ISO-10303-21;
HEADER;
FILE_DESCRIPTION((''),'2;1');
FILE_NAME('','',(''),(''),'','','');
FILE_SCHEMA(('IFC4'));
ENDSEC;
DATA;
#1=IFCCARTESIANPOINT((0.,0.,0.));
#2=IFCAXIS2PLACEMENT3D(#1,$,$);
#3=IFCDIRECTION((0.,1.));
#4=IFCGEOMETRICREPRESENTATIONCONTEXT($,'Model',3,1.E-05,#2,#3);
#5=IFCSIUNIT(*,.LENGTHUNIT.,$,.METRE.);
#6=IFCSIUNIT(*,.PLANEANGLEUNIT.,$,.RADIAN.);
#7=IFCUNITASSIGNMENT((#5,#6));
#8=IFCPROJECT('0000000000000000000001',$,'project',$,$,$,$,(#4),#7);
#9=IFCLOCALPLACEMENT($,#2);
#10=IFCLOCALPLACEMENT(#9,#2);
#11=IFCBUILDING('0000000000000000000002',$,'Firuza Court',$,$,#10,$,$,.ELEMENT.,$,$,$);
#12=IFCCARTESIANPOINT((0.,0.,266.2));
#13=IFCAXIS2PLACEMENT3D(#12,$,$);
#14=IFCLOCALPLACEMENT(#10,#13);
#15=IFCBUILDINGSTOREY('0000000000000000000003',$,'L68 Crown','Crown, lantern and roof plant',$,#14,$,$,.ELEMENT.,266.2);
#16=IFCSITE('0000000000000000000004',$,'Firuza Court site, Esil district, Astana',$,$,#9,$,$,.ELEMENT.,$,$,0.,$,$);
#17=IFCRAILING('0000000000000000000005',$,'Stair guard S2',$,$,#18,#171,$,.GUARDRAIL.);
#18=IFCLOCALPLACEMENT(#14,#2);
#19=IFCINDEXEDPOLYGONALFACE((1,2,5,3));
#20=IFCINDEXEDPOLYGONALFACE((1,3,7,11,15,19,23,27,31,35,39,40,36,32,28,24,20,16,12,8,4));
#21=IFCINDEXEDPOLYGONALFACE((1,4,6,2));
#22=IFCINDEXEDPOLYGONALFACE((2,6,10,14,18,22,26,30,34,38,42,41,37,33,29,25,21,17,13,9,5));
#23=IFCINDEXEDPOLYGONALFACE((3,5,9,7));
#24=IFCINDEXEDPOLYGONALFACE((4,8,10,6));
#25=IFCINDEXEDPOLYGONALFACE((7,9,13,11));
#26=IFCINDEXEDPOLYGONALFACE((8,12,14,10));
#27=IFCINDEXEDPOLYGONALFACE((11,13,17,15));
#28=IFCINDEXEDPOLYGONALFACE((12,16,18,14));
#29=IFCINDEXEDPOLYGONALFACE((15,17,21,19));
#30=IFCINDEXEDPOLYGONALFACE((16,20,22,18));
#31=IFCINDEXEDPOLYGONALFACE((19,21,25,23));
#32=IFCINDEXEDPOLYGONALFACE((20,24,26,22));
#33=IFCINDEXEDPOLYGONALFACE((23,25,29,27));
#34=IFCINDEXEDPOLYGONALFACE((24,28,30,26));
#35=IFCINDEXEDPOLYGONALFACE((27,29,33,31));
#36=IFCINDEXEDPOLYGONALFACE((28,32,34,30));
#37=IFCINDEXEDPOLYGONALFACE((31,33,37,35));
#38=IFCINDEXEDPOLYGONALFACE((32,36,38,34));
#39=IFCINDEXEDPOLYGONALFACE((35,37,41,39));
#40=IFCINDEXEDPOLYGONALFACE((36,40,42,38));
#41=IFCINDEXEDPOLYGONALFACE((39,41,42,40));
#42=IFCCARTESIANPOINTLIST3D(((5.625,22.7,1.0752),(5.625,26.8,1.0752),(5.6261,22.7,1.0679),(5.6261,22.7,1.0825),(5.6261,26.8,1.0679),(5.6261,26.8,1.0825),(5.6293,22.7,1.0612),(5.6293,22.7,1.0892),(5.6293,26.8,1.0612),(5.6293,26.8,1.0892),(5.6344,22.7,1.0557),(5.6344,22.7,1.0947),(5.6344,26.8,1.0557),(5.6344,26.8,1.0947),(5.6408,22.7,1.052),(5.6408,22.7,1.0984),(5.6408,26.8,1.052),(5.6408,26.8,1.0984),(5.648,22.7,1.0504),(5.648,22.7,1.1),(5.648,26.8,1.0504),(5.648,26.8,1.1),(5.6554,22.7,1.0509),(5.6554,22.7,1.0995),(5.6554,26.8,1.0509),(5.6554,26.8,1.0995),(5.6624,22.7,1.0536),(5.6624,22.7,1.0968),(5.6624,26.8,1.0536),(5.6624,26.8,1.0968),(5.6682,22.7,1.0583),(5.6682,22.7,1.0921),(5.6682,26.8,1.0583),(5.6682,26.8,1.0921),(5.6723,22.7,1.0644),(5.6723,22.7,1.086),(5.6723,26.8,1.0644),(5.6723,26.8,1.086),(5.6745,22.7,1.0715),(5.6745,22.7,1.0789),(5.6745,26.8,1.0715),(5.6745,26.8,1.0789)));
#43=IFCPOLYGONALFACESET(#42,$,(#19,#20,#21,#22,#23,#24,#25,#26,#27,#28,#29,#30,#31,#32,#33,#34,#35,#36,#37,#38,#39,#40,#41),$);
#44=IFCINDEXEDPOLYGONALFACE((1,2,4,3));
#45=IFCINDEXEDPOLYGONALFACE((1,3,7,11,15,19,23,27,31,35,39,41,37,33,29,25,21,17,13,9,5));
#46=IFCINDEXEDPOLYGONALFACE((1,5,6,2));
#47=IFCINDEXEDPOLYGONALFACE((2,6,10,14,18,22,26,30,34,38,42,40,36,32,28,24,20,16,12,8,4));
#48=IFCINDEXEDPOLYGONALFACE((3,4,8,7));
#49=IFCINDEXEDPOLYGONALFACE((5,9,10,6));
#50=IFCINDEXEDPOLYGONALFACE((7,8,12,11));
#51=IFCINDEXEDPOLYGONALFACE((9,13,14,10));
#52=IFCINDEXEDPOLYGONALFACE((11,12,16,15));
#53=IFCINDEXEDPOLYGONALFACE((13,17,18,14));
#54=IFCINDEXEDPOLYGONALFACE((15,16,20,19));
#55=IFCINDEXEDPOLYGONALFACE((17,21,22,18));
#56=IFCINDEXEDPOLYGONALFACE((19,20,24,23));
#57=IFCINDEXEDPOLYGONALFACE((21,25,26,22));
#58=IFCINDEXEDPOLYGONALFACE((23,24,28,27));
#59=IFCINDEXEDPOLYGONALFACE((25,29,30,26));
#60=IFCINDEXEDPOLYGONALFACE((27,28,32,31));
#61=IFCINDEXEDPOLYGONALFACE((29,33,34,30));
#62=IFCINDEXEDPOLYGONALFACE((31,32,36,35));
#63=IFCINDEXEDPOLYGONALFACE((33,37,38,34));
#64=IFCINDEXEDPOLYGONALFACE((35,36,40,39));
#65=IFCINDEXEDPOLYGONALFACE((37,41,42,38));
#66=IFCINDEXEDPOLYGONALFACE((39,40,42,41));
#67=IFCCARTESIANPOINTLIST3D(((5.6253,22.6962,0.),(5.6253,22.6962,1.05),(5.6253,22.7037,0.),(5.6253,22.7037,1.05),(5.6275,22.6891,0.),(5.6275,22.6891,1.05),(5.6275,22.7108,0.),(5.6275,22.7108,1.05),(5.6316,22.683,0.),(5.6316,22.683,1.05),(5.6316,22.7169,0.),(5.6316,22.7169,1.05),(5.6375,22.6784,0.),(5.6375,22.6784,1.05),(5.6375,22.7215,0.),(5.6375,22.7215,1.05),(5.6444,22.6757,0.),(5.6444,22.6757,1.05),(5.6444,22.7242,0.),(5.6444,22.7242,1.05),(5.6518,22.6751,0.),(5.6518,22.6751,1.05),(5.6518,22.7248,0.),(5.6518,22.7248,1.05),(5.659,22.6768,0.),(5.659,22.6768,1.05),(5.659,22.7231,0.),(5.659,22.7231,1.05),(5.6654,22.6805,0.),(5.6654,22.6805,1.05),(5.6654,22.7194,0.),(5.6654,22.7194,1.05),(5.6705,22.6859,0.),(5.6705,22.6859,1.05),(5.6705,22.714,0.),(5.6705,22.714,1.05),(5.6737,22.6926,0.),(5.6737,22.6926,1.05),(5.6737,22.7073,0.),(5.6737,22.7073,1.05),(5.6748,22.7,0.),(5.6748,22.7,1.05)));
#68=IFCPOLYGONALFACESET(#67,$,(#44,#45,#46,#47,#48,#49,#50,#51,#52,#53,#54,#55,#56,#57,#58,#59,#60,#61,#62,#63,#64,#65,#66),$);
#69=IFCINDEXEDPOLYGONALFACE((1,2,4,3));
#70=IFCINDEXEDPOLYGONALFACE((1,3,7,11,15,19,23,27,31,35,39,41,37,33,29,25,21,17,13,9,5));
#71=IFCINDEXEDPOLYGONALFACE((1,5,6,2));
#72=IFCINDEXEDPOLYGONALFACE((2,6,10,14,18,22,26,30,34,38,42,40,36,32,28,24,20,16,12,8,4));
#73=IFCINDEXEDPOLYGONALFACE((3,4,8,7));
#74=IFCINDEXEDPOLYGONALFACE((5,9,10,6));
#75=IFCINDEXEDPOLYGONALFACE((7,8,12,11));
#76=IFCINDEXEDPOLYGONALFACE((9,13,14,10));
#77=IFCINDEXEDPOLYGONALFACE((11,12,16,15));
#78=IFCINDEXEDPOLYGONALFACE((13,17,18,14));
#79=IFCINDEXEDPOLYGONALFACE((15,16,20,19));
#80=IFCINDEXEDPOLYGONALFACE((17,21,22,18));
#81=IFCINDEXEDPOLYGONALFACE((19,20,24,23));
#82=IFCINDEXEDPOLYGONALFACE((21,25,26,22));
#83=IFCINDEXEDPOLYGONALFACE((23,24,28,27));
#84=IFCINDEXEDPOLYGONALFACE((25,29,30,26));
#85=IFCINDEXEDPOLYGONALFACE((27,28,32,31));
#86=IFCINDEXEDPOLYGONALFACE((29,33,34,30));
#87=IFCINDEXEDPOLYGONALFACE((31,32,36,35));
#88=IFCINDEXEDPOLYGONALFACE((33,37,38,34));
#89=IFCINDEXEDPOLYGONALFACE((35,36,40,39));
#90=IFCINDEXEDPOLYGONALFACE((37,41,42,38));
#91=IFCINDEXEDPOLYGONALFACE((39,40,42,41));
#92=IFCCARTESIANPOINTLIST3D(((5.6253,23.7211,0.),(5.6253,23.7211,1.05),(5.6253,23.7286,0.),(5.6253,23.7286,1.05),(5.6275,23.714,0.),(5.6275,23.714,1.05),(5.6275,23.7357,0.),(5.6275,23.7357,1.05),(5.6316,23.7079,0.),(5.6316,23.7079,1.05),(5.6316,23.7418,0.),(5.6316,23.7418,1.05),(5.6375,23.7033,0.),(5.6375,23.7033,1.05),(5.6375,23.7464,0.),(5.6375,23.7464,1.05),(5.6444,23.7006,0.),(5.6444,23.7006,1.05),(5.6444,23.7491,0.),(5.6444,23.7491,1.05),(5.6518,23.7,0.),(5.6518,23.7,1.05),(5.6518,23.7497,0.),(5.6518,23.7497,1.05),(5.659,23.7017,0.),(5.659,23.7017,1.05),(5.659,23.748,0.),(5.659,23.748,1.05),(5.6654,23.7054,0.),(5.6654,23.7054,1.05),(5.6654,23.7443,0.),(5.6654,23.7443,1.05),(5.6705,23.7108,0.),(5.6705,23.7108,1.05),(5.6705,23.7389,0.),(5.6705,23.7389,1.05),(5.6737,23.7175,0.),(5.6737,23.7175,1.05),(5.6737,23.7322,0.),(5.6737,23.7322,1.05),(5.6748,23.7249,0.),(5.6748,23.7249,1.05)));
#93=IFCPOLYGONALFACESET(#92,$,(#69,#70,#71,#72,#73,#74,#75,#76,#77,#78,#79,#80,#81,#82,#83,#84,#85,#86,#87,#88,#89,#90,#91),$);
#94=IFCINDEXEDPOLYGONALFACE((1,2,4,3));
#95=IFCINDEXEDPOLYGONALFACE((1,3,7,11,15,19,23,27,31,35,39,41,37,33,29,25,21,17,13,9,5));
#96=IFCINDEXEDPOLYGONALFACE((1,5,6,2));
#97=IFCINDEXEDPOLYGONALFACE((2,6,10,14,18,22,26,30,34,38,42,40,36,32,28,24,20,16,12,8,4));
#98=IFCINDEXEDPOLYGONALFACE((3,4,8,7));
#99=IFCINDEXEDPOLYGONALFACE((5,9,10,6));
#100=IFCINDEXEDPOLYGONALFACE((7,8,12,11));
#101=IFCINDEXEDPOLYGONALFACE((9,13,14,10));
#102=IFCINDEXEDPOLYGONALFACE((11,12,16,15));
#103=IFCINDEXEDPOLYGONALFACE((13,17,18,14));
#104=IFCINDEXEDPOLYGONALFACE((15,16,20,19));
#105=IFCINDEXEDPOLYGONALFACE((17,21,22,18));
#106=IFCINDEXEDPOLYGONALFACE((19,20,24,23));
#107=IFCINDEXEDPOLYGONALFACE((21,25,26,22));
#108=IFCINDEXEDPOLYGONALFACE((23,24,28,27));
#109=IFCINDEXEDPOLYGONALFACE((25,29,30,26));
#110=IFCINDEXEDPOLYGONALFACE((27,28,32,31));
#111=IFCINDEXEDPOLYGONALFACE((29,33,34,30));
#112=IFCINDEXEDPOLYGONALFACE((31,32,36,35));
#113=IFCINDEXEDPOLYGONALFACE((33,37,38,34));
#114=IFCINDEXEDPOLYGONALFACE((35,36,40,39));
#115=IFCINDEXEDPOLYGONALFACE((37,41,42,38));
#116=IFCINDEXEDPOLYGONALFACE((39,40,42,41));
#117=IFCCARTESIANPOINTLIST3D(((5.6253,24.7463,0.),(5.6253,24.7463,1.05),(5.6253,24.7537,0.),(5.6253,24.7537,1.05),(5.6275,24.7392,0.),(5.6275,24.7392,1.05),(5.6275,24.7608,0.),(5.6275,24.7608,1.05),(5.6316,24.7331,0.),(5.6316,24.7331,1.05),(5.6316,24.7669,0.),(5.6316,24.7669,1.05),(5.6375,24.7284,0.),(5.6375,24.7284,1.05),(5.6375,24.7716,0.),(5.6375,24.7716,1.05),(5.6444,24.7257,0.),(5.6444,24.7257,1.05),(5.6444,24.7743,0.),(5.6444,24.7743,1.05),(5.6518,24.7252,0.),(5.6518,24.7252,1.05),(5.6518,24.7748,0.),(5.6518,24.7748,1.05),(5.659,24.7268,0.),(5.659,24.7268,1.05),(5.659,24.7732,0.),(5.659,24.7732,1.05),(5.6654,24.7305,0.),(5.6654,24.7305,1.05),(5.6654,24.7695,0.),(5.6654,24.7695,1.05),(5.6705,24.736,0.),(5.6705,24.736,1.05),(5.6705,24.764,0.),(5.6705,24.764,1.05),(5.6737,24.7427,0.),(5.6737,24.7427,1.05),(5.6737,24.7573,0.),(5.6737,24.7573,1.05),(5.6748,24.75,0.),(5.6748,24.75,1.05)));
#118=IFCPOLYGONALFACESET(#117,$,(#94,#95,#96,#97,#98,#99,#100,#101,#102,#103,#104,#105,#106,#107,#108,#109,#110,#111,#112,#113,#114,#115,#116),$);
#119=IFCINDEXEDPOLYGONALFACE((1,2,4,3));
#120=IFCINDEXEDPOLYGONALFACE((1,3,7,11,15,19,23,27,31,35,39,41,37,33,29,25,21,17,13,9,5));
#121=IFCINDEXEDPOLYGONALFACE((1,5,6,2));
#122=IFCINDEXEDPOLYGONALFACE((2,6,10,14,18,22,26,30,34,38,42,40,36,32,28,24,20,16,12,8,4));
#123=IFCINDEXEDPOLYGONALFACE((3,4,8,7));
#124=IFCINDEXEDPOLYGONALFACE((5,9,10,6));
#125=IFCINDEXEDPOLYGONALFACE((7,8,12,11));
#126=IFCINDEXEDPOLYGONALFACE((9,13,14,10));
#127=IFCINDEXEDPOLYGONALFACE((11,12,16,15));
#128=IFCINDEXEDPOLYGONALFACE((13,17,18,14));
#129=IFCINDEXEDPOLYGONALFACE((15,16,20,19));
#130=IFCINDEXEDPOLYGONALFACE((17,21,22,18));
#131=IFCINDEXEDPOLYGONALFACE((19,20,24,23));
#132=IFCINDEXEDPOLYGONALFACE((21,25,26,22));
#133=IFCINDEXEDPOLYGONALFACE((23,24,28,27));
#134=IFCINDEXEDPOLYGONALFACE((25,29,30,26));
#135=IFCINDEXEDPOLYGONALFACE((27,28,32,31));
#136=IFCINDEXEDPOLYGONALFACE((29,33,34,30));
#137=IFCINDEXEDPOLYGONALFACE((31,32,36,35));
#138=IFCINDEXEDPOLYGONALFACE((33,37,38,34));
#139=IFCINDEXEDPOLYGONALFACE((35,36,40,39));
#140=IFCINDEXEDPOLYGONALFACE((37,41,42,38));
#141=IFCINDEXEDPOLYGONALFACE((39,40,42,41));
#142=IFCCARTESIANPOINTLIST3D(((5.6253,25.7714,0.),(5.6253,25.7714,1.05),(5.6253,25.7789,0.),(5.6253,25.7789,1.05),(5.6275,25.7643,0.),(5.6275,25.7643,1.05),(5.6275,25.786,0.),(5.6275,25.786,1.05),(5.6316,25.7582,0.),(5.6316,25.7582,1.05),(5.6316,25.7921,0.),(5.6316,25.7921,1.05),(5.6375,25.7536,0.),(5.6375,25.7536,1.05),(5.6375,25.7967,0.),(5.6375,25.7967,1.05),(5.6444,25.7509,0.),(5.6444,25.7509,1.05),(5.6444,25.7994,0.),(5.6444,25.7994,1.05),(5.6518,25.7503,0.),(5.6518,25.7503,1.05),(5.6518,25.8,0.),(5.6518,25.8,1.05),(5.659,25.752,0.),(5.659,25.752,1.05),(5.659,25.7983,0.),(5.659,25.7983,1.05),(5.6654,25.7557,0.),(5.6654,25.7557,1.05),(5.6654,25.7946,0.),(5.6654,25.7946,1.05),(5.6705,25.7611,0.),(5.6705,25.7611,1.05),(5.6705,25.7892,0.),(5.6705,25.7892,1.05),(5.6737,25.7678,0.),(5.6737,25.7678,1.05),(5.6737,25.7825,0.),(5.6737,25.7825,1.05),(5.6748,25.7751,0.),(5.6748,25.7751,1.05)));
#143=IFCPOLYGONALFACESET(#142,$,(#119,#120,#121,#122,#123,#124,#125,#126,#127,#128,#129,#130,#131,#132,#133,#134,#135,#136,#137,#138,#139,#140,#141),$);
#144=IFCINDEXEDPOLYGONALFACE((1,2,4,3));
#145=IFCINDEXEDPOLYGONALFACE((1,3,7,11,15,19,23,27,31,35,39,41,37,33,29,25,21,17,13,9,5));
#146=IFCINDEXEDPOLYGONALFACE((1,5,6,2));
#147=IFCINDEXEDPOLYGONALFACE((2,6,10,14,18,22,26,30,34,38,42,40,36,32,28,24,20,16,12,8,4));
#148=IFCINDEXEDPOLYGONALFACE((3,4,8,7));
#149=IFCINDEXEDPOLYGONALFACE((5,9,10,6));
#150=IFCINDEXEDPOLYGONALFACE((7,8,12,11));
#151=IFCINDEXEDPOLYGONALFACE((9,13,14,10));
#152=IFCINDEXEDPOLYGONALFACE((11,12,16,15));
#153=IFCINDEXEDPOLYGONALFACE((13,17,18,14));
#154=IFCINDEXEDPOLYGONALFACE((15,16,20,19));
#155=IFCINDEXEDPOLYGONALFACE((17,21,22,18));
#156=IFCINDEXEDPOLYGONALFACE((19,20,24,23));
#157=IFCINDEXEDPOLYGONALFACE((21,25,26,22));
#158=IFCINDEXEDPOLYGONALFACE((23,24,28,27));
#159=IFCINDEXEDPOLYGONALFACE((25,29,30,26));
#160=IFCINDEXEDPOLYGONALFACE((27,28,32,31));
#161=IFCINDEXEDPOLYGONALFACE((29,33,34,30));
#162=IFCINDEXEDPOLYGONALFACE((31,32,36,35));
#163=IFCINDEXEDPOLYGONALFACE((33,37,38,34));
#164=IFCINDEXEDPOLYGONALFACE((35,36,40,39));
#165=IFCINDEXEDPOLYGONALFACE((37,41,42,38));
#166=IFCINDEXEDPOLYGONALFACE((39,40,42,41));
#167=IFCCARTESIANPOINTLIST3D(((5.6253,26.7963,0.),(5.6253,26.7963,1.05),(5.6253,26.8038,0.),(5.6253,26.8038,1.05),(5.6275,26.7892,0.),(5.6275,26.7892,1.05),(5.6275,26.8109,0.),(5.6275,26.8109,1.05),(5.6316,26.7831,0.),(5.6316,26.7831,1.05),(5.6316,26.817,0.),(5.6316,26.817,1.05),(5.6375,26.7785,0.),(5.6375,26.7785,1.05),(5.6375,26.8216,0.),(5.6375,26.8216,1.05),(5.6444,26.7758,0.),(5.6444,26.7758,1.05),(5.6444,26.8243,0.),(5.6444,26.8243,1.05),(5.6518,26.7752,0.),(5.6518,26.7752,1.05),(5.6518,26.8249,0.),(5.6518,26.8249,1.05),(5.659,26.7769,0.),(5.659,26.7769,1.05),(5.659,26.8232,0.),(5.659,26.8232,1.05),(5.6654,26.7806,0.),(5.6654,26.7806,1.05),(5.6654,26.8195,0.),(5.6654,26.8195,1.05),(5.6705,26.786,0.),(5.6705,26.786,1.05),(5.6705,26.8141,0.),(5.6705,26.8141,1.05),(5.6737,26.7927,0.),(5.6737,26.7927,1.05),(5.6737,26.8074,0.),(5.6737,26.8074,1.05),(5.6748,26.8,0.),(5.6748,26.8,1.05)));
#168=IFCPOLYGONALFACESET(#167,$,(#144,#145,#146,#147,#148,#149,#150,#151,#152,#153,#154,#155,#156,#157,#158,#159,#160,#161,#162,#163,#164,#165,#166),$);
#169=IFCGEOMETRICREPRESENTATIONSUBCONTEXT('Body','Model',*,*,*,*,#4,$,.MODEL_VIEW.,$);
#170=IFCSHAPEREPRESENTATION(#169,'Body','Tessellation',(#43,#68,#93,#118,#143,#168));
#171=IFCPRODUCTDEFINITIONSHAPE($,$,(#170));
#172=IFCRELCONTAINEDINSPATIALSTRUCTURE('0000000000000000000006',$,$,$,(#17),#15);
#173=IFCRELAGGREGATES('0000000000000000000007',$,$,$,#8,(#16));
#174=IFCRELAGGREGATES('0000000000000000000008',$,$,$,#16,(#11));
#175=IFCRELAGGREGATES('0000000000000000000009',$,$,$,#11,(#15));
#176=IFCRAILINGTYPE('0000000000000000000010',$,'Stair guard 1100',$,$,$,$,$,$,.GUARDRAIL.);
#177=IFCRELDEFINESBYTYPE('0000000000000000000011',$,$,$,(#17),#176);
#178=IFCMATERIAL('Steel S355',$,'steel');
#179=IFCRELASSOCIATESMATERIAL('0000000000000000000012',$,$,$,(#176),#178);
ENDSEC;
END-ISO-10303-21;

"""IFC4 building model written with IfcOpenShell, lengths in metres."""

from ifc_helpers import new_model, si_unit, direction, frame, origin, origin_2d, place, context, subcontext, project, spatial, circle, extrude, material, type_object, element, save


model = new_model("IFC4")

# Units and contexts
model_context = context("Model", 3, precision=1e-05, world=origin(), true_north=direction((0.0, 1.0)))
body_context = subcontext(model_context, "Body", "Model", "MODEL_VIEW")
ifc_project = project(units=[si_unit("LENGTHUNIT", "METRE"), si_unit("PLANEANGLEUNIT", "RADIAN")], contexts=[model_context])

# Site, building, storey
site_placement = place(None, origin())
site = spatial("IfcSite", under=ifc_project, at=site_placement, Name="Firuza Court site, Esil district, Astana", CompositionType="ELEMENT", RefElevation=0.0)
building_placement = place(site_placement, origin())
building = spatial("IfcBuilding", under=site, at=building_placement, Name="Firuza Court", CompositionType="ELEMENT")
storey_placement = place(building_placement, frame((0.0, 0.0, 266.2)))
storey = spatial("IfcBuildingStorey", under=building, at=storey_placement, Name="L68 Crown", Description="Crown, lantern and roof plant", CompositionType="ELEMENT", Elevation=266.2)

# Railing
ifc_material_1 = material(Name="Steel S355", Category="steel")
railing_type = type_object("IfcRailingType", Name="Stair guard 1100", PredefinedType="GUARDRAIL", material=ifc_material_1)
railing_placement = place(storey_placement, frame((5.6499, 22.7, 0.0)))
element("IfcRailing", 1, at=railing_placement, inside=storey, type_object=railing_type, Name="Stair guard S2", PredefinedType="GUARDRAIL", context=body_context, shape_type="SweptSolid", body=[
    extrude(circle(Radius=0.0249, at=origin_2d()), frame((0.0, 0.0, 1.0752), z_axis=(0.0, 1.0, 0.0), x_axis=(-1.0, 0.0, 0.0)), (0.0, 0.0, 1.0), 4.1001),
    extrude(circle(Radius=0.0249, at=origin_2d()), origin(), (0.0, 0.0, 1.0), 1.05),
    extrude(circle(Radius=0.0249, at=origin_2d()), frame((0.0, 1.0249, 0.0)), (0.0, 0.0, 1.0), 1.05),
    extrude(circle(Radius=0.0249, at=origin_2d()), frame((0.0, 2.05, 0.0)), (0.0, 0.0, 1.0), 1.05),
    extrude(circle(Radius=0.0249, at=origin_2d()), frame((0.0, 3.0752, 0.0)), (0.0, 0.0, 1.0), 1.05),
    extrude(circle(Radius=0.0249, at=origin_2d()), frame((0.0, 4.1001, 0.0)), (0.0, 0.0, 1.0), 1.05),
])

save(model, "model.ifc")
